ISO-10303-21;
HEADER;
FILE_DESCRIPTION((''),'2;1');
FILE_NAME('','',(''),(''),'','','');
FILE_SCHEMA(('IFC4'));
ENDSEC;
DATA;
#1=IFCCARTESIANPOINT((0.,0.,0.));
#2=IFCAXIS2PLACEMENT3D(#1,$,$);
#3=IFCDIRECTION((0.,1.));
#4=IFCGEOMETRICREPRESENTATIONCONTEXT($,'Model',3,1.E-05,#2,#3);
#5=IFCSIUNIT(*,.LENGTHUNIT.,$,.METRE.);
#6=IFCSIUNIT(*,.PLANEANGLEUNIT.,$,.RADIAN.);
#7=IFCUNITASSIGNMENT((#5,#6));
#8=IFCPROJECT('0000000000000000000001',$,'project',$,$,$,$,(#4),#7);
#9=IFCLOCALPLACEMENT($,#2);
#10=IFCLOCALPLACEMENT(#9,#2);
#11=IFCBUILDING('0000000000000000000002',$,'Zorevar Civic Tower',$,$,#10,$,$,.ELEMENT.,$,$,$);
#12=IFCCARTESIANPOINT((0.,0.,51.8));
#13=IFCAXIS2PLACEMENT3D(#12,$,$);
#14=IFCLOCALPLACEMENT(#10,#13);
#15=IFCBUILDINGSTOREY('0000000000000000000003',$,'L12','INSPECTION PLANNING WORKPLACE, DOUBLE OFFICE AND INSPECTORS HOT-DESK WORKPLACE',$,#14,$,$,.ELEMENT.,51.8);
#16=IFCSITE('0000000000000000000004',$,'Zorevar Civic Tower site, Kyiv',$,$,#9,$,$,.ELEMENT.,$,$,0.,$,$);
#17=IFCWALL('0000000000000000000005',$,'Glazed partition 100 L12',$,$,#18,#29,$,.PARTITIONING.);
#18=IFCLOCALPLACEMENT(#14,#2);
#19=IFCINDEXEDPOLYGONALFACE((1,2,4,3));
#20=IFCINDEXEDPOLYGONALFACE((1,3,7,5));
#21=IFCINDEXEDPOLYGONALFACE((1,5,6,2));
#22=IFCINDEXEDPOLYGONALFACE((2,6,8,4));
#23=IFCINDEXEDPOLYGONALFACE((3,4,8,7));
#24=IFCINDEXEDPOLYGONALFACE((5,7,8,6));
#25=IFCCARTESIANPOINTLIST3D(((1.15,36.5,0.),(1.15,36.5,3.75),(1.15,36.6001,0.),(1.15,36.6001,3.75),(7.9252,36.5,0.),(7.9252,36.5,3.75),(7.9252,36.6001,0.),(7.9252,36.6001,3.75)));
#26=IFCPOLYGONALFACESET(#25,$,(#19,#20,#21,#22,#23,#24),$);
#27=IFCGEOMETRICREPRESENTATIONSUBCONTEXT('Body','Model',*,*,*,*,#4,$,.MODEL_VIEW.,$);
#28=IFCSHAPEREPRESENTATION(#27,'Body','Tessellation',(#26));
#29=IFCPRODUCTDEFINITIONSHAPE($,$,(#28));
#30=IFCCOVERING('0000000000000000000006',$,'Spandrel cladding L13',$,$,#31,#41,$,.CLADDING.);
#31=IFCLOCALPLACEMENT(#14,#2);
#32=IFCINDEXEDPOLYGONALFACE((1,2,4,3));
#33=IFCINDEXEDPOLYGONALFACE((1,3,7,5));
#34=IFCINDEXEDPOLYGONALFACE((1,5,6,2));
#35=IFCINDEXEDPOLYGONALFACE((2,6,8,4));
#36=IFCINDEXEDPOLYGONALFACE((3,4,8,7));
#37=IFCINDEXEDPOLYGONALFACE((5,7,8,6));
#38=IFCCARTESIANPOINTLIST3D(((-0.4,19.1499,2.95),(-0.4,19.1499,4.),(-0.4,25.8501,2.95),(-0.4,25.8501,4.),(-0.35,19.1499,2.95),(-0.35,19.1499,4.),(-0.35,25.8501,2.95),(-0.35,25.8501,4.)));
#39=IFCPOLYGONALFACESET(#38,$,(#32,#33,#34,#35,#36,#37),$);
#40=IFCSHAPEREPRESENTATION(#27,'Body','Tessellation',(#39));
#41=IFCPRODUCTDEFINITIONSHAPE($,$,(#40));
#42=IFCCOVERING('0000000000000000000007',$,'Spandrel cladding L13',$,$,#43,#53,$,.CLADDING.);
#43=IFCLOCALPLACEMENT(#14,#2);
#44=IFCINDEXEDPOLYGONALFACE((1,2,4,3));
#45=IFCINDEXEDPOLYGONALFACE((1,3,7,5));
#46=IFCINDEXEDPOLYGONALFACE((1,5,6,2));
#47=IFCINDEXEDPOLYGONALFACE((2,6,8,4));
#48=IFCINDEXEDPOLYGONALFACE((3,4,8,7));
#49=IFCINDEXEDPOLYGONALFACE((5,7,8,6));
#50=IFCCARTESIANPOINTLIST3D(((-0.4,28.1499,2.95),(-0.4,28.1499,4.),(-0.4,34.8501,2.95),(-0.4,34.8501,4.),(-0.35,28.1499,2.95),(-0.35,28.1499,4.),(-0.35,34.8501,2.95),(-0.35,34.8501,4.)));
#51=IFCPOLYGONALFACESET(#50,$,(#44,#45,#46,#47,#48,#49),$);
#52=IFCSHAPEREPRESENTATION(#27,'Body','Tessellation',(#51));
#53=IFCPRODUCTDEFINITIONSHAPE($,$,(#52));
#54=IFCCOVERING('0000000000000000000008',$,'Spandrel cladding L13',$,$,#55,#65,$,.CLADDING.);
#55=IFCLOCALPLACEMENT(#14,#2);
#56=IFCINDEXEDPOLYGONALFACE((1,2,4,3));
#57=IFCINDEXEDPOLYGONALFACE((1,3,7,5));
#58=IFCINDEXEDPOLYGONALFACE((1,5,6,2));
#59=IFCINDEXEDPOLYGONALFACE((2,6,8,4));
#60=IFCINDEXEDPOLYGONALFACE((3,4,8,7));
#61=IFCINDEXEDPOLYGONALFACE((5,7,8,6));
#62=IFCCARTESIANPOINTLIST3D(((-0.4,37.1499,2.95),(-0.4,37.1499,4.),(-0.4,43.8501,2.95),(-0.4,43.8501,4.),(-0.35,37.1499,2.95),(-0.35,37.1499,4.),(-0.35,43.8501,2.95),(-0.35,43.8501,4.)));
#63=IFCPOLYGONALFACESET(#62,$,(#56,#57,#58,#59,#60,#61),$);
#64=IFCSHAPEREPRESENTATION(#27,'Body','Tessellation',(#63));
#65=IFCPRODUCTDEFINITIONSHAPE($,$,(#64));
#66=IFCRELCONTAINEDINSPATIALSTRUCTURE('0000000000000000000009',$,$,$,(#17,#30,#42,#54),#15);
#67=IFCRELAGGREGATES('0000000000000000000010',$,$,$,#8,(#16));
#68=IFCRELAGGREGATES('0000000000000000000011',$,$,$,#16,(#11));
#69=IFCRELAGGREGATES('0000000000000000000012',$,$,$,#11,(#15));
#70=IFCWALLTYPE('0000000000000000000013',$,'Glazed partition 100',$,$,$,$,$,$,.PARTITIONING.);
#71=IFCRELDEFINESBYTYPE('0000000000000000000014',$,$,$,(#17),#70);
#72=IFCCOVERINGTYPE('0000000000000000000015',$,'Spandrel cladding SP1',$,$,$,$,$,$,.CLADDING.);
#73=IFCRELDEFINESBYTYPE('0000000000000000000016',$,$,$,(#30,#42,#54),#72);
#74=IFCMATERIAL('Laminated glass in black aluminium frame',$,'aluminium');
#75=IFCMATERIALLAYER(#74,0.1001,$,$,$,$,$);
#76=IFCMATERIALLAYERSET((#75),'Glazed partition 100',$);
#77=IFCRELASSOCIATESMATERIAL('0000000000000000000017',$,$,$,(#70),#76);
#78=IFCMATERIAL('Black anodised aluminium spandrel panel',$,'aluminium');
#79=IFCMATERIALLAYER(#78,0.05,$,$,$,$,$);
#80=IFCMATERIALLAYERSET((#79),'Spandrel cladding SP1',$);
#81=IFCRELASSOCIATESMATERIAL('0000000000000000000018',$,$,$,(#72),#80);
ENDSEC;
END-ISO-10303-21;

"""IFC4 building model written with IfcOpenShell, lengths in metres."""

from ifc_helpers import new_model, si_unit, direction, frame, frame_2d, origin, place, context, subcontext, project, spatial, rectangle, extrude, material, layer, layer_set, type_object, element, save


model = new_model("IFC4")

# Units and contexts
model_context = context("Model", 3, precision=1e-05, world=origin(), true_north=direction((0.0, 1.0)))
body_context = subcontext(model_context, "Body", "Model", "MODEL_VIEW")
ifc_project = project(units=[si_unit("LENGTHUNIT", "METRE"), si_unit("PLANEANGLEUNIT", "RADIAN")], contexts=[model_context])

# Site, building, storey
site_placement = place(None, origin())
site = spatial("IfcSite", under=ifc_project, at=site_placement, Name="Zorevar Civic Tower site, Kyiv", CompositionType="ELEMENT", RefElevation=0.0)
building_placement = place(site_placement, origin())
building = spatial("IfcBuilding", under=site, at=building_placement, Name="Zorevar Civic Tower", CompositionType="ELEMENT")
storey_placement = place(building_placement, frame((0.0, 0.0, 51.8)))
storey = spatial("IfcBuildingStorey", under=building, at=storey_placement, Name="L12", Description="INSPECTION PLANNING WORKPLACE, DOUBLE OFFICE AND INSPECTORS HOT-DESK WORKPLACE", CompositionType="ELEMENT", Elevation=51.8)

# Wall
ifc_material_1 = material(Name="Laminated glass in black aluminium frame", Category="aluminium")
ifc_layer_1 = layer(ifc_material_1, 0.1001)
ifc_layer_set_1 = layer_set([ifc_layer_1], Name="Glazed partition 100")
wall_type = type_object("IfcWallType", Name="Glazed partition 100", PredefinedType="PARTITIONING", material=ifc_layer_set_1)
wall_placement = place(storey_placement, frame((1.1499, 36.55, 0.0), z_axis=(0.0, 0.0, 1.0), x_axis=(1.0, 0.0, 0.0)))
element("IfcWall", 1, at=wall_placement, inside=storey, type_object=wall_type, Name="Glazed partition 100 L12", PredefinedType="PARTITIONING", context=body_context, shape_type="SweptSolid", body=[
    extrude(rectangle(XDim=6.7751, YDim=0.1001, at=frame_2d((3.3877, 0.0))), origin(), (0.0, 0.0, 1.0), 3.75),
])

# Coverings
ifc_material_2 = material(Name="Black anodised aluminium spandrel panel", Category="aluminium")
ifc_layer_2 = layer(ifc_material_2, 0.05)
ifc_layer_set_2 = layer_set([ifc_layer_2], Name="Spandrel cladding SP1")
covering_type = type_object("IfcCoveringType", Name="Spandrel cladding SP1", PredefinedType="CLADDING", material=ifc_layer_set_2)
for number, where, z_axis, x_axis, name in (
    (2, (-0.375, 19.1499, 2.95), (0.0, 0.0, 1.0), (0.0, 1.0, 0.0), "Spandrel cladding L13"),
    (3, (-0.375, 28.1499, 2.95), (0.0, 0.0, 1.0), (0.0, 1.0, 0.0), "Spandrel cladding L13"),
    (4, (-0.375, 37.1499, 2.95), (0.0, 0.0, 1.0), (0.0, 1.0, 0.0), "Spandrel cladding L13"),
):
    element("IfcCovering", number, at=place(storey_placement, frame(where, z_axis=z_axis, x_axis=x_axis)), inside=storey, type_object=covering_type, Name=name, PredefinedType="CLADDING", context=body_context, shape_type="SweptSolid", body=[
        extrude(rectangle(XDim=6.7002, YDim=0.05, at=frame_2d((3.3501, 0.0))), origin(), (0.0, 0.0, 1.0), 1.05),
    ])

save(model, "model.ifc")
